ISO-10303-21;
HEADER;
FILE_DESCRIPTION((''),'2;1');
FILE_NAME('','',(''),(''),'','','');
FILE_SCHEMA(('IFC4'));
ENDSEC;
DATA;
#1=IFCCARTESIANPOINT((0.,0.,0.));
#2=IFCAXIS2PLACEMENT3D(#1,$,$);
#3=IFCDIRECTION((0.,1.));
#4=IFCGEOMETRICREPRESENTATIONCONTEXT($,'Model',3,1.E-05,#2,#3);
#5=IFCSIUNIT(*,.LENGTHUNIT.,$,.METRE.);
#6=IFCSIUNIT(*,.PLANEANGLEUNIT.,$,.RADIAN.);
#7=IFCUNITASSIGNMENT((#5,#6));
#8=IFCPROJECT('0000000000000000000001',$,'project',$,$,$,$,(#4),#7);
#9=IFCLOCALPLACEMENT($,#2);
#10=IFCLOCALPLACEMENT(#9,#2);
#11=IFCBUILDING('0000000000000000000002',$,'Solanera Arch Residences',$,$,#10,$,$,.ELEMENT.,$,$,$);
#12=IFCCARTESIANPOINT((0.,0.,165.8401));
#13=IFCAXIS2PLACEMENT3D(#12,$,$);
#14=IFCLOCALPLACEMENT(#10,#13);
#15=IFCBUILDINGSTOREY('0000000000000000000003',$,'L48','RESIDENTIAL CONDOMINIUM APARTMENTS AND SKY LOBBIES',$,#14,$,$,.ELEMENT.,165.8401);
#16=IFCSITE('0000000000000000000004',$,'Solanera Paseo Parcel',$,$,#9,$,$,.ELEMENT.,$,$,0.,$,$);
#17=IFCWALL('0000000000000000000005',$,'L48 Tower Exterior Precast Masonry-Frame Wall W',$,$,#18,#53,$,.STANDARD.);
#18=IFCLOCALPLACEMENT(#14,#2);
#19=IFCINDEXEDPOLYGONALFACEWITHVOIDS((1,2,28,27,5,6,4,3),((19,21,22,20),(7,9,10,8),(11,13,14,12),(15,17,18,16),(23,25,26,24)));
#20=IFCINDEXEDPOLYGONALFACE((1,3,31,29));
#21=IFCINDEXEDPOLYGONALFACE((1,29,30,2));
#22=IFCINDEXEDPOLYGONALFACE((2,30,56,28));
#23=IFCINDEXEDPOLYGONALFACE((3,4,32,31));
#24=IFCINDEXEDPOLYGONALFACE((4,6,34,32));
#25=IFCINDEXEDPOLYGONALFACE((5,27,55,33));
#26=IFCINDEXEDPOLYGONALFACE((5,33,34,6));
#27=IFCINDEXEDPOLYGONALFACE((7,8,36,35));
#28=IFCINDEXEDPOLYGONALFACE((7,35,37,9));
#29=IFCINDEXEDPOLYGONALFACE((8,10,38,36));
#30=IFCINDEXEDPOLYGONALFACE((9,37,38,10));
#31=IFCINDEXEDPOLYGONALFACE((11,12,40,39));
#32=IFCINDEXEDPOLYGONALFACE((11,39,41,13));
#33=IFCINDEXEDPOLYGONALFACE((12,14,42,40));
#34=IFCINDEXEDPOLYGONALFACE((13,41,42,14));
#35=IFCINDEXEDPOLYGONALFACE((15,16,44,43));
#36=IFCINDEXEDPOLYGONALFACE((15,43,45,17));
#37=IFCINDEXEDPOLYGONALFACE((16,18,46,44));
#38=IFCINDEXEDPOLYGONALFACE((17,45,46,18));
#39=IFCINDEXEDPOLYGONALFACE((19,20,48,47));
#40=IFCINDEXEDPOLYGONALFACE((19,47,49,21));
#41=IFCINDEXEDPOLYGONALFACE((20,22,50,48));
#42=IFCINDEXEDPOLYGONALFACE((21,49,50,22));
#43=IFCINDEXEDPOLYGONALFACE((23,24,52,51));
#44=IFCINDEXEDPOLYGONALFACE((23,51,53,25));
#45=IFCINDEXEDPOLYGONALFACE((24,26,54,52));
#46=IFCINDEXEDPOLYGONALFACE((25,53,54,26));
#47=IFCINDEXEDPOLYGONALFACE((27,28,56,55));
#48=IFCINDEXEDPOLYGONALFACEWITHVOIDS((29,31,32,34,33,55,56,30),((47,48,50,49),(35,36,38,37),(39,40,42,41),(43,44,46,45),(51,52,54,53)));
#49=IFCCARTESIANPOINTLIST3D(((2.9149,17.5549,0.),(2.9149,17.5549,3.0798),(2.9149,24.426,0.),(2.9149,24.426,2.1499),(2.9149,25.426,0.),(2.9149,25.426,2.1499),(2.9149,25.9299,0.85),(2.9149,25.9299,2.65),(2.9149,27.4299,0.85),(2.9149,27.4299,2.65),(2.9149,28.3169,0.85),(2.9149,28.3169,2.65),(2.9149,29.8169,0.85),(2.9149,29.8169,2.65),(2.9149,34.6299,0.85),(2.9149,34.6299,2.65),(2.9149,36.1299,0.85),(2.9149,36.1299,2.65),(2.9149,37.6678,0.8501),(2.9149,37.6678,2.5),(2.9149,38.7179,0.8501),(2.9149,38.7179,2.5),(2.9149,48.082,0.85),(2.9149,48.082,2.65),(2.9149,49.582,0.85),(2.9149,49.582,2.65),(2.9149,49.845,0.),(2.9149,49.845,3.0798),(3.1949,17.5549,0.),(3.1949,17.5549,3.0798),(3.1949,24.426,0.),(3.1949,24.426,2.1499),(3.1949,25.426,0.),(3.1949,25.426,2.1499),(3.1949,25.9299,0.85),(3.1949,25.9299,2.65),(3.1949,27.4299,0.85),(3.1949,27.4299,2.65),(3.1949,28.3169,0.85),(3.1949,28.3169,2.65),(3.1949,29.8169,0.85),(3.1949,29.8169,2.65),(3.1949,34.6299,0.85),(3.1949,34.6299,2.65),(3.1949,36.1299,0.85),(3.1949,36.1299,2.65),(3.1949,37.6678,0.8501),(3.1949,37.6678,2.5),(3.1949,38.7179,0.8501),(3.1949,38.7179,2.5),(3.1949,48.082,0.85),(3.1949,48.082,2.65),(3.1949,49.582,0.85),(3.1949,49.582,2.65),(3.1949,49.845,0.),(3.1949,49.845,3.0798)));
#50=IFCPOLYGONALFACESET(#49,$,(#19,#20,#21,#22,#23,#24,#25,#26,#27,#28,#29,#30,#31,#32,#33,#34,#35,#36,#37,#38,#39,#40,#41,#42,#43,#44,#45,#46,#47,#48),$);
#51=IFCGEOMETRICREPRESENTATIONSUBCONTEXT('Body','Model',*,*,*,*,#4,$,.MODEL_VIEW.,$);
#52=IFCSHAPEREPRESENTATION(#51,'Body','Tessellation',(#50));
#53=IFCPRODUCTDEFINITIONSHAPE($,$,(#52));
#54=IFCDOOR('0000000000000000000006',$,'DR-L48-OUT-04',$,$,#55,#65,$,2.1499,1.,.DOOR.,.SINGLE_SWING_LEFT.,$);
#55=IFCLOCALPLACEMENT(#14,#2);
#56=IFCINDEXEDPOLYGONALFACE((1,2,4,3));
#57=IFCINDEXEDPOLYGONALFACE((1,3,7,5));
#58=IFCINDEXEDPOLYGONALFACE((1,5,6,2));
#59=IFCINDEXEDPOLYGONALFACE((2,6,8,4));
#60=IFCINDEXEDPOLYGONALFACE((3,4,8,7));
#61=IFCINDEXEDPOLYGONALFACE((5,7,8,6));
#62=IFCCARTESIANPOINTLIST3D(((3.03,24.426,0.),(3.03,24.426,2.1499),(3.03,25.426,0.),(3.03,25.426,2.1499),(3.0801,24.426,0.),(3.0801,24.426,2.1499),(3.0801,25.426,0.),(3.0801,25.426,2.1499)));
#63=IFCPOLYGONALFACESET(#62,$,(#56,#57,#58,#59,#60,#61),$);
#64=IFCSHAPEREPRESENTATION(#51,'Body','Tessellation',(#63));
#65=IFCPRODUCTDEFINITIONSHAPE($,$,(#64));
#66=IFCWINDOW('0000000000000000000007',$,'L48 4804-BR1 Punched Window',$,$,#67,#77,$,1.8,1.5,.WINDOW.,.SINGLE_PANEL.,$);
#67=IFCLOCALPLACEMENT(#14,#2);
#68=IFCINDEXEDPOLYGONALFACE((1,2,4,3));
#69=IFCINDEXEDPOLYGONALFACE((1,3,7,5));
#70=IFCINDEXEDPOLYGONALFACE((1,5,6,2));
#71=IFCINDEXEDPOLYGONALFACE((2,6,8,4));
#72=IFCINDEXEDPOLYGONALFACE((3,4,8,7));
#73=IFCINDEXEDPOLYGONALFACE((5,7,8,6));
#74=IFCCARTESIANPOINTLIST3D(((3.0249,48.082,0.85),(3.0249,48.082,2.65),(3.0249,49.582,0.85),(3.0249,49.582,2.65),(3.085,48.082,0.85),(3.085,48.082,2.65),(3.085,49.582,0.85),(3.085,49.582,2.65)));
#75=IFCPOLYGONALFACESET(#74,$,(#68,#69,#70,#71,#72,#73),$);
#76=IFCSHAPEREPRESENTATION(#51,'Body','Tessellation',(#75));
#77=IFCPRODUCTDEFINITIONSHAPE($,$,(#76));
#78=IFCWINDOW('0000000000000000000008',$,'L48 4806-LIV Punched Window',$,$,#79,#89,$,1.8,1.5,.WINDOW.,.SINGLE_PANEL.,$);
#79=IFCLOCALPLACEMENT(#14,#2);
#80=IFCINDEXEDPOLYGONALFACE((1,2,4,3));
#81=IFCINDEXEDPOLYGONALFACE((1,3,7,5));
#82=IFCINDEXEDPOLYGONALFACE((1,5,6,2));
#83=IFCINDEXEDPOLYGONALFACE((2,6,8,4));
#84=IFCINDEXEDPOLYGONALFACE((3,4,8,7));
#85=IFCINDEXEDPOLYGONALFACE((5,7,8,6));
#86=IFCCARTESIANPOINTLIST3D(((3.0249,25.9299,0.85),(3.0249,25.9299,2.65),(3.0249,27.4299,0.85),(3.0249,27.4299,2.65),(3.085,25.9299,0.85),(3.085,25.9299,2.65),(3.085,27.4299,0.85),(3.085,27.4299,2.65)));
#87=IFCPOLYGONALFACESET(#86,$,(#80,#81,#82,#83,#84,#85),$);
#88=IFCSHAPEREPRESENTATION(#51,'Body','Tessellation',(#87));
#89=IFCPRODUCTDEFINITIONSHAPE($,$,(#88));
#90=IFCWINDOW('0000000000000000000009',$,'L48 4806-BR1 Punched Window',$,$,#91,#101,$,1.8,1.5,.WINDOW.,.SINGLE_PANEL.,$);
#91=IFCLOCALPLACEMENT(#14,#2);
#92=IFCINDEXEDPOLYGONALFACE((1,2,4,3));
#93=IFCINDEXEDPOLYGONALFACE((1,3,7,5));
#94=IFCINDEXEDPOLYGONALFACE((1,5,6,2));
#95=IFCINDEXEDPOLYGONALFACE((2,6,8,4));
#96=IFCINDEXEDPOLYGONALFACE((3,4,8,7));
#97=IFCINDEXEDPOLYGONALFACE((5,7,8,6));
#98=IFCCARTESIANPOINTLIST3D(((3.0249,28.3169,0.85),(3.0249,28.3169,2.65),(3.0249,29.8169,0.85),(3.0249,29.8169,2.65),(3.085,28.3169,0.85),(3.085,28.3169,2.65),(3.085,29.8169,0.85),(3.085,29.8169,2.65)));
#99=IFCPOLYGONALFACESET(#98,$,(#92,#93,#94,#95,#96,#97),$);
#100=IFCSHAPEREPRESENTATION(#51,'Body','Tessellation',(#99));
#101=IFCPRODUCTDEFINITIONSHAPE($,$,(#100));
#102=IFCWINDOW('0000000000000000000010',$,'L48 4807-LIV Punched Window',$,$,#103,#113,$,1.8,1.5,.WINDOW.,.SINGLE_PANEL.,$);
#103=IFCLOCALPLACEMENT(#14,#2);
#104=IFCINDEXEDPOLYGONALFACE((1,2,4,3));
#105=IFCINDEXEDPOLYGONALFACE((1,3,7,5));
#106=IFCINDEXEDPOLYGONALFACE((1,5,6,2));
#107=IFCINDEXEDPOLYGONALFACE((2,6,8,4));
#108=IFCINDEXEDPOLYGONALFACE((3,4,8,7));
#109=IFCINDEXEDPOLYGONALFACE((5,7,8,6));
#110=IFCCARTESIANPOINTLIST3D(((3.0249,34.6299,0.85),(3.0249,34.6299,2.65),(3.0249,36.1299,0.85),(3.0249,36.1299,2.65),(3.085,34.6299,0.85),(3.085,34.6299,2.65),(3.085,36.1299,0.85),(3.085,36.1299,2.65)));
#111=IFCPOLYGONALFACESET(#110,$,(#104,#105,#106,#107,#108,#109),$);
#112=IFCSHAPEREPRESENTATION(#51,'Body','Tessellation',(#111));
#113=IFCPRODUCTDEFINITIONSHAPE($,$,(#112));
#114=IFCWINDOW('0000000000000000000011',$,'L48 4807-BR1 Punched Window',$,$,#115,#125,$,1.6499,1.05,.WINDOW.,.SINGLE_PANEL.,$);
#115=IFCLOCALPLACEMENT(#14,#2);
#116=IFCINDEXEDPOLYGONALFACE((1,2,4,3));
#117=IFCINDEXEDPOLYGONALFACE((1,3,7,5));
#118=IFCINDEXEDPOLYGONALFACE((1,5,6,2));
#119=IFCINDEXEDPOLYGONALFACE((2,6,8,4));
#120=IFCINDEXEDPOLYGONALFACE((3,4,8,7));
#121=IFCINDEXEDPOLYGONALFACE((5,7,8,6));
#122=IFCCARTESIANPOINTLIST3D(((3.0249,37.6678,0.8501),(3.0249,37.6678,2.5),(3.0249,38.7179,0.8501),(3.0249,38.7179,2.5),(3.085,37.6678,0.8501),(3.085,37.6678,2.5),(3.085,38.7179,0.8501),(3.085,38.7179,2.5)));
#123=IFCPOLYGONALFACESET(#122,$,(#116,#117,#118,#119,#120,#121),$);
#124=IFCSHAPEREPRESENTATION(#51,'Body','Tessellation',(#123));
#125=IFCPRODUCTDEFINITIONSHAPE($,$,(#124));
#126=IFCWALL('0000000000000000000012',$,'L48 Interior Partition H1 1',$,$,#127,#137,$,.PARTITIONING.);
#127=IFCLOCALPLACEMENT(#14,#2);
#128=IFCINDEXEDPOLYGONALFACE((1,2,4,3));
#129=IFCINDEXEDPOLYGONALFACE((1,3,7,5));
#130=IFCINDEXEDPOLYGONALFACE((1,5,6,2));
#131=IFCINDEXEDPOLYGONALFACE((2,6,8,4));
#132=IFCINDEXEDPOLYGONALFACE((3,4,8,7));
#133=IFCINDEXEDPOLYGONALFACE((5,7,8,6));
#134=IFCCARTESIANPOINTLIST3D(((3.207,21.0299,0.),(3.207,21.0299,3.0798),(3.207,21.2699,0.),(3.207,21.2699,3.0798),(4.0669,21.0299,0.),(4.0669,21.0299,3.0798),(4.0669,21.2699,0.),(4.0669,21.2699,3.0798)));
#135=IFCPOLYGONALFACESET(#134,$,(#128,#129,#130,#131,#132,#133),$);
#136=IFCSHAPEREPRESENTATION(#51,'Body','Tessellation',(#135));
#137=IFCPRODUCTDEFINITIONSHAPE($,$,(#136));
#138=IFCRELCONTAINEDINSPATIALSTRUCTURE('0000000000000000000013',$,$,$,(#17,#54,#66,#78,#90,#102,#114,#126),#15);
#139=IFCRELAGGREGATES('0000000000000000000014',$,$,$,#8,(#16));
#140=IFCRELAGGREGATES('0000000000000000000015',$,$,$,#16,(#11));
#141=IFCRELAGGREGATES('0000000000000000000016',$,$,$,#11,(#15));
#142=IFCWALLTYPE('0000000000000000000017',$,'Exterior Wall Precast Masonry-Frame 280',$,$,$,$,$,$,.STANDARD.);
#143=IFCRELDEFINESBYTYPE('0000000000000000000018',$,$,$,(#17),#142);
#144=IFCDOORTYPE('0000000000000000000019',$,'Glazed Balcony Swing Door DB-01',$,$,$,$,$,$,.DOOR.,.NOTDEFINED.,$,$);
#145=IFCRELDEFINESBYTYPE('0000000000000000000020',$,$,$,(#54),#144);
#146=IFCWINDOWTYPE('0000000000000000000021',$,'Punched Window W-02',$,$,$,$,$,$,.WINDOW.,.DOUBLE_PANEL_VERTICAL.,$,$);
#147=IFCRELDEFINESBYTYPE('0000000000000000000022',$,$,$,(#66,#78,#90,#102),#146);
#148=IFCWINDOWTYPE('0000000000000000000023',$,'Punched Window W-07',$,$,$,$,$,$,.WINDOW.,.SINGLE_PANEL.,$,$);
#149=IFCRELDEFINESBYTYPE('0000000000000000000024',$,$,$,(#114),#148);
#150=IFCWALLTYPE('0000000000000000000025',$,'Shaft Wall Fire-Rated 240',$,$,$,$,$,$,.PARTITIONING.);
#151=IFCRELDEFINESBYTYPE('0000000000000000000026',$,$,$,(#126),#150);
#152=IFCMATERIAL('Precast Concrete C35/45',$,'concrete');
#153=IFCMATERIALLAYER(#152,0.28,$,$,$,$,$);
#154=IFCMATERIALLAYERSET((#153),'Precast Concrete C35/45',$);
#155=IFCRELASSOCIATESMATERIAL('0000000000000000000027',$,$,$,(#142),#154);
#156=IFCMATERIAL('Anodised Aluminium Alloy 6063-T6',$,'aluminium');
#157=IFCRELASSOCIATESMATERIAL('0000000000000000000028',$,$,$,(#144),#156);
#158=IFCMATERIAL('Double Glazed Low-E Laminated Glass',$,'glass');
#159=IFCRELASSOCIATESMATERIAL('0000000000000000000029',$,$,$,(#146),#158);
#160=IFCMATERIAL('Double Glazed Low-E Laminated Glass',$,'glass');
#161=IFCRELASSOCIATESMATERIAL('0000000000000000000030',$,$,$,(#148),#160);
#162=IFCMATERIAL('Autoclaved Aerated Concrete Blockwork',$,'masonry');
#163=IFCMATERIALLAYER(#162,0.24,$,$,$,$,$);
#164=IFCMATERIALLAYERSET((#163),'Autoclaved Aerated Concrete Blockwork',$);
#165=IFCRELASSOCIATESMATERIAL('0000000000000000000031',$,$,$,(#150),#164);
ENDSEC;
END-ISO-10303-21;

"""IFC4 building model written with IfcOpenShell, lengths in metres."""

from ifc_helpers import new_model, si_unit, direction, frame, frame_2d, origin, place, context, subcontext, project, spatial, rectangle, extrude, material, layer, layer_set, type_object, element, fill, save


model = new_model("IFC4")

# Units and contexts
model_context = context("Model", 3, precision=1e-05, world=origin(), true_north=direction((0.0, 1.0)))
body_context = subcontext(model_context, "Body", "Model", "MODEL_VIEW")
ifc_project = project(units=[si_unit("LENGTHUNIT", "METRE"), si_unit("PLANEANGLEUNIT", "RADIAN")], contexts=[model_context])

# Site, building, storey
site_placement = place(None, origin())
site = spatial("IfcSite", under=ifc_project, at=site_placement, Name="Solanera Paseo Parcel", CompositionType="ELEMENT", RefElevation=0.0)
building_placement = place(site_placement, origin())
building = spatial("IfcBuilding", under=site, at=building_placement, Name="Solanera Arch Residences", CompositionType="ELEMENT")
storey_placement = place(building_placement, frame((0.0, 0.0, 165.8401)))
storey = spatial("IfcBuildingStorey", under=building, at=storey_placement, Name="L48", Description="RESIDENTIAL CONDOMINIUM APARTMENTS AND SKY LOBBIES", CompositionType="ELEMENT", Elevation=165.8401)

# Wall, openings, door, windows
ifc_material_1 = material(Name="Precast Concrete C35/45", Category="concrete")
ifc_layer_1 = layer(ifc_material_1, 0.28)
ifc_layer_set_1 = layer_set([ifc_layer_1], Name="Precast Concrete C35/45")
wall_type_1 = type_object("IfcWallType", Name="Exterior Wall Precast Masonry-Frame 280", PredefinedType="STANDARD", material=ifc_layer_set_1)
wall_1_placement = place(storey_placement, frame((3.0549, 17.5549, 0.0), z_axis=(0.0, 0.0, 1.0), x_axis=(0.0, 1.0, 0.0)))
wall_1 = element("IfcWall", 1, at=wall_1_placement, inside=storey, type_object=wall_type_1, Name="L48 Tower Exterior Precast Masonry-Frame Wall W", PredefinedType="STANDARD", context=body_context, shape_type="SweptSolid", body=[
    extrude(rectangle(XDim=32.29, YDim=0.28, at=frame_2d((16.145, 0.0))), origin(), (0.0, 0.0, 1.0), 3.0798),
])
opening_1_placement = place(wall_1_placement, frame((6.8711, 0.0, 0.0)))
opening_1 = element("IfcOpeningElement", 2, at=opening_1_placement, cuts=wall_1, PredefinedType="OPENING", context=body_context, shape_type="SweptSolid", body=[
    extrude(rectangle(XDim=1.0, YDim=2.1499, at=frame_2d((0.5, 1.075))), frame((0.0, 0.1499, 0.0), z_axis=(0.0, -1.0, 0.0), x_axis=(1.0, 0.0, 0.0)), (0.0, 0.0, 1.0), 0.3),
])
opening_2_placement = place(wall_1_placement, frame((30.5271, 0.0, 0.8501)))
opening_2 = element("IfcOpeningElement", 3, at=opening_2_placement, cuts=wall_1, PredefinedType="OPENING", context=body_context, shape_type="SweptSolid", body=[
    extrude(rectangle(XDim=1.5, YDim=1.8, at=frame_2d((0.75, 0.8999))), frame((0.0, 0.1499, 0.0), z_axis=(0.0, -1.0, 0.0), x_axis=(1.0, 0.0, 0.0)), (0.0, 0.0, 1.0), 0.3),
])
opening_3_placement = place(wall_1_placement, frame((8.375, 0.0, 0.8501)))
opening_3 = element("IfcOpeningElement", 4, at=opening_3_placement, cuts=wall_1, PredefinedType="OPENING", context=body_context, shape_type="SweptSolid", body=[
    extrude(rectangle(XDim=1.5, YDim=1.8, at=frame_2d((0.75, 0.8999))), frame((0.0, 0.1499, 0.0), z_axis=(0.0, -1.0, 0.0), x_axis=(1.0, 0.0, 0.0)), (0.0, 0.0, 1.0), 0.3),
])
opening_4_placement = place(wall_1_placement, frame((10.762, 0.0, 0.8501)))
opening_4 = element("IfcOpeningElement", 5, at=opening_4_placement, cuts=wall_1, PredefinedType="OPENING", context=body_context, shape_type="SweptSolid", body=[
    extrude(rectangle(XDim=1.5, YDim=1.8, at=frame_2d((0.75, 0.8999))), frame((0.0, 0.1499, 0.0), z_axis=(0.0, -1.0, 0.0), x_axis=(1.0, 0.0, 0.0)), (0.0, 0.0, 1.0), 0.3),
])
opening_5_placement = place(wall_1_placement, frame((17.075, 0.0, 0.8501)))
opening_5 = element("IfcOpeningElement", 6, at=opening_5_placement, cuts=wall_1, PredefinedType="OPENING", context=body_context, shape_type="SweptSolid", body=[
    extrude(rectangle(XDim=1.5, YDim=1.8, at=frame_2d((0.75, 0.8999))), frame((0.0, 0.1499, 0.0), z_axis=(0.0, -1.0, 0.0), x_axis=(1.0, 0.0, 0.0)), (0.0, 0.0, 1.0), 0.3),
])
opening_6_placement = place(wall_1_placement, frame((20.113, 0.0, 0.8501)))
opening_6 = element("IfcOpeningElement", 7, at=opening_6_placement, cuts=wall_1, PredefinedType="OPENING", context=body_context, shape_type="SweptSolid", body=[
    extrude(rectangle(XDim=1.05, YDim=1.6499, at=frame_2d((0.5249, 0.825))), frame((0.0, 0.1499, 0.0), z_axis=(0.0, -1.0, 0.0), x_axis=(1.0, 0.0, 0.0)), (0.0, 0.0, 1.0), 0.3),
])
ifc_material_2 = material(Name="Anodised Aluminium Alloy 6063-T6", Category="aluminium")
door_type_1 = type_object("IfcDoorType", Name="Glazed Balcony Swing Door DB-01", OperationType="NOTDEFINED", PredefinedType="DOOR", material=ifc_material_2)
door_1_placement = place(opening_1_placement, origin())
door_1 = element("IfcDoor", 8, at=door_1_placement, inside=storey, type_object=door_type_1, Name="DR-L48-OUT-04", OperationType="SINGLE_SWING_LEFT", OverallHeight=2.1499, OverallWidth=1.0, PredefinedType="DOOR", context=body_context, shape_type="SweptSolid", body=[
    extrude(rectangle(XDim=1.0, YDim=2.1499, at=frame_2d((0.5, 1.075))), frame((0.0, 0.0249, 0.0), z_axis=(0.0, -1.0, 0.0), x_axis=(1.0, 0.0, 0.0)), (0.0, 0.0, 1.0), 0.05),
])
fill(opening_1, door_1)
ifc_material_3 = material(Name="Double Glazed Low-E Laminated Glass", Category="glass")
window_type_1 = type_object("IfcWindowType", Name="Punched Window W-02", PartitioningType="DOUBLE_PANEL_VERTICAL", PredefinedType="WINDOW", material=ifc_material_3)
window_1_placement = place(opening_2_placement, origin())
window_1 = element("IfcWindow", 9, at=window_1_placement, inside=storey, type_object=window_type_1, Name="L48 4804-BR1 Punched Window", OverallHeight=1.8, OverallWidth=1.5, PartitioningType="SINGLE_PANEL", PredefinedType="WINDOW", context=body_context, shape_type="SweptSolid", body=[
    extrude(rectangle(XDim=1.5, YDim=1.8, at=frame_2d((0.75, 0.8999))), frame((0.0, 0.03, 0.0), z_axis=(0.0, -1.0, 0.0), x_axis=(1.0, 0.0, 0.0)), (0.0, 0.0, 1.0), 0.0601),
])
fill(opening_2, window_1)
window_2_placement = place(opening_3_placement, origin())
window_2 = element("IfcWindow", 10, at=window_2_placement, inside=storey, type_object=window_type_1, Name="L48 4806-LIV Punched Window", OverallHeight=1.8, OverallWidth=1.5, PartitioningType="SINGLE_PANEL", PredefinedType="WINDOW", context=body_context, shape_type="SweptSolid", body=[
    extrude(rectangle(XDim=1.5, YDim=1.8, at=frame_2d((0.75, 0.8999))), frame((0.0, 0.03, 0.0), z_axis=(0.0, -1.0, 0.0), x_axis=(1.0, 0.0, 0.0)), (0.0, 0.0, 1.0), 0.0601),
])
fill(opening_3, window_2)
window_3_placement = place(opening_4_placement, origin())
window_3 = element("IfcWindow", 11, at=window_3_placement, inside=storey, type_object=window_type_1, Name="L48 4806-BR1 Punched Window", OverallHeight=1.8, OverallWidth=1.5, PartitioningType="SINGLE_PANEL", PredefinedType="WINDOW", context=body_context, shape_type="SweptSolid", body=[
    extrude(rectangle(XDim=1.5, YDim=1.8, at=frame_2d((0.75, 0.8999))), frame((0.0, 0.03, 0.0), z_axis=(0.0, -1.0, 0.0), x_axis=(1.0, 0.0, 0.0)), (0.0, 0.0, 1.0), 0.0601),
])
fill(opening_4, window_3)
window_4_placement = place(opening_5_placement, origin())
window_4 = element("IfcWindow", 12, at=window_4_placement, inside=storey, type_object=window_type_1, Name="L48 4807-LIV Punched Window", OverallHeight=1.8, OverallWidth=1.5, PartitioningType="SINGLE_PANEL", PredefinedType="WINDOW", context=body_context, shape_type="SweptSolid", body=[
    extrude(rectangle(XDim=1.5, YDim=1.8, at=frame_2d((0.75, 0.8999))), frame((0.0, 0.03, 0.0), z_axis=(0.0, -1.0, 0.0), x_axis=(1.0, 0.0, 0.0)), (0.0, 0.0, 1.0), 0.0601),
])
fill(opening_5, window_4)
ifc_material_4 = material(Name="Double Glazed Low-E Laminated Glass", Category="glass")
window_type_2 = type_object("IfcWindowType", Name="Punched Window W-07", PartitioningType="SINGLE_PANEL", PredefinedType="WINDOW", material=ifc_material_4)
window_5_placement = place(opening_6_placement, origin())
window_5 = element("IfcWindow", 13, at=window_5_placement, inside=storey, type_object=window_type_2, Name="L48 4807-BR1 Punched Window", OverallHeight=1.6499, OverallWidth=1.05, PartitioningType="SINGLE_PANEL", PredefinedType="WINDOW", context=body_context, shape_type="SweptSolid", body=[
    extrude(rectangle(XDim=1.05, YDim=1.6499, at=frame_2d((0.5249, 0.825))), frame((0.0, 0.03, 0.0), z_axis=(0.0, -1.0, 0.0), x_axis=(1.0, 0.0, 0.0)), (0.0, 0.0, 1.0), 0.0601),
])
fill(opening_6, window_5)

# Wall
ifc_material_5 = material(Name="Autoclaved Aerated Concrete Blockwork", Category="masonry")
ifc_layer_2 = layer(ifc_material_5, 0.24)
ifc_layer_set_2 = layer_set([ifc_layer_2], Name="Autoclaved Aerated Concrete Blockwork")
wall_type_2 = type_object("IfcWallType", Name="Shaft Wall Fire-Rated 240", PredefinedType="PARTITIONING", material=ifc_layer_set_2)
wall_2_placement = place(storey_placement, frame((3.207, 21.1499, 0.0), z_axis=(0.0, 0.0, 1.0), x_axis=(1.0, 0.0, 0.0)))
element("IfcWall", 14, at=wall_2_placement, inside=storey, type_object=wall_type_2, Name="L48 Interior Partition H1 1", PredefinedType="PARTITIONING", context=body_context, shape_type="SweptSolid", body=[
    extrude(rectangle(XDim=0.8599, YDim=0.24, at=frame_2d((0.4299, 0.0))), origin(), (0.0, 0.0, 1.0), 3.0798),
])

save(model, "model.ifc")
